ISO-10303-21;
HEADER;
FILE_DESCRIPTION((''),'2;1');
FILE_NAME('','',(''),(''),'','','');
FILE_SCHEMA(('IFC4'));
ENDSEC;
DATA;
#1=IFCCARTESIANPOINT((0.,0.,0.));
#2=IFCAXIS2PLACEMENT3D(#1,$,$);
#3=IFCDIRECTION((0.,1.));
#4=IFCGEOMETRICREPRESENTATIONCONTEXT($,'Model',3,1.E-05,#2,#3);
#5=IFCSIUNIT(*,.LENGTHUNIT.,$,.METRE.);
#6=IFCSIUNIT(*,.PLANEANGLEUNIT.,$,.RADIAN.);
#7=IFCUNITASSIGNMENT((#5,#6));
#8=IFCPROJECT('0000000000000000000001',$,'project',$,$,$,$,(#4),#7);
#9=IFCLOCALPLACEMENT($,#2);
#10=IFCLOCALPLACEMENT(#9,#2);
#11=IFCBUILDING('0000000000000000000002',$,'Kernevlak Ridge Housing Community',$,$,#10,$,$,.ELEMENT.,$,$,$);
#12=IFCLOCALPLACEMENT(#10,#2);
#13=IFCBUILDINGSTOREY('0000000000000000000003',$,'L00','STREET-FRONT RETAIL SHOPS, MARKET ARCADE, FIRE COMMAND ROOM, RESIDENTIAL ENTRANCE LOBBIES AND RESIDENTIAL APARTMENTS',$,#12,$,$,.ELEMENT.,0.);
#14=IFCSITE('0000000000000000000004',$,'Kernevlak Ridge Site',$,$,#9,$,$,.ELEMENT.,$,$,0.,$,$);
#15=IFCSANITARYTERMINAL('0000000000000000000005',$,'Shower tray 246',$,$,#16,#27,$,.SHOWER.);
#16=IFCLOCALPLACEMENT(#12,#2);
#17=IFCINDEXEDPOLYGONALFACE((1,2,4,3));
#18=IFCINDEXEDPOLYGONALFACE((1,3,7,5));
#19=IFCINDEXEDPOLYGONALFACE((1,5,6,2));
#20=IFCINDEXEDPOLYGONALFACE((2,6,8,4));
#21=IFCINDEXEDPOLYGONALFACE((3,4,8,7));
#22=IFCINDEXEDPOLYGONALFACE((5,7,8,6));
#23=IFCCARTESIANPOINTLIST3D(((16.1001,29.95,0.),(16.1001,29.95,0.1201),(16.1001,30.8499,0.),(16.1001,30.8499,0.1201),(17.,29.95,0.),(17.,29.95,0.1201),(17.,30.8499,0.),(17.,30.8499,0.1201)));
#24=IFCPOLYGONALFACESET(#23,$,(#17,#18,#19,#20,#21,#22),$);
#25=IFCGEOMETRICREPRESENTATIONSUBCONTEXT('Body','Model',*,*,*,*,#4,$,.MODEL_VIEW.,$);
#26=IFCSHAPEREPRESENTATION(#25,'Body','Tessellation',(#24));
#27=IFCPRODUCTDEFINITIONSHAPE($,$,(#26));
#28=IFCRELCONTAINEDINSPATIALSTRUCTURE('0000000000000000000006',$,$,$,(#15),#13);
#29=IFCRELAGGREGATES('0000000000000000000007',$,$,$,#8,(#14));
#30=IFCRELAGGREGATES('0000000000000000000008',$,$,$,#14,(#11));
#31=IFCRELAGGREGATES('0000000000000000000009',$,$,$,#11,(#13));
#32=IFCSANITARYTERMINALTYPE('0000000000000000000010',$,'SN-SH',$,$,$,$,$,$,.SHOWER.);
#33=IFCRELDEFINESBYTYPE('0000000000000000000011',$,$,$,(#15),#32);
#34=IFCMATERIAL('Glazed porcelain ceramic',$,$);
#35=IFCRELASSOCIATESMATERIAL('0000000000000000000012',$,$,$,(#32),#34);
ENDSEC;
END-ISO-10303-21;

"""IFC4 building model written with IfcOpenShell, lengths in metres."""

from ifc_helpers import new_model, si_unit, direction, frame, origin, origin_2d, place, context, subcontext, project, spatial, rectangle, extrude, material, type_object, element, save


model = new_model("IFC4")

# Units and contexts
model_context = context("Model", 3, precision=1e-05, world=origin(), true_north=direction((0.0, 1.0)))
body_context = subcontext(model_context, "Body", "Model", "MODEL_VIEW")
ifc_project = project(units=[si_unit("LENGTHUNIT", "METRE"), si_unit("PLANEANGLEUNIT", "RADIAN")], contexts=[model_context])

# Site, building, storey
site_placement = place(None, origin())
site = spatial("IfcSite", under=ifc_project, at=site_placement, Name="Kernevlak Ridge Site", CompositionType="ELEMENT", RefElevation=0.0)
building_placement = place(site_placement, origin())
building = spatial("IfcBuilding", under=site, at=building_placement, Name="Kernevlak Ridge Housing Community", CompositionType="ELEMENT")
storey_placement = place(building_placement, origin())
storey = spatial("IfcBuildingStorey", under=building, at=storey_placement, Name="L00", Description="STREET-FRONT RETAIL SHOPS, MARKET ARCADE, FIRE COMMAND ROOM, RESIDENTIAL ENTRANCE LOBBIES AND RESIDENTIAL APARTMENTS", CompositionType="ELEMENT", Elevation=0.0)

# Sanitary terminal
ifc_material_1 = material(Name="Glazed porcelain ceramic")
sanitary_terminal_type_1 = type_object("IfcSanitaryTerminalType", Name="SN-SH", PredefinedType="SHOWER", material=ifc_material_1)
sanitary_terminal_1_placement = place(storey_placement, frame((16.55, 30.3999, 0.0), z_axis=(0.0, 0.0, 1.0), x_axis=(1.0, 0.0, 0.0)))
element("IfcSanitaryTerminal", 1, at=sanitary_terminal_1_placement, inside=storey, type_object=sanitary_terminal_type_1, Name="Shower tray 246", PredefinedType="SHOWER", context=body_context, shape_type="SweptSolid", body=[
    extrude(rectangle(XDim=0.8999, YDim=0.8999, at=origin_2d()), origin(), (0.0, 0.0, 1.0), 0.1201),
])

save(model, "model.ifc")
